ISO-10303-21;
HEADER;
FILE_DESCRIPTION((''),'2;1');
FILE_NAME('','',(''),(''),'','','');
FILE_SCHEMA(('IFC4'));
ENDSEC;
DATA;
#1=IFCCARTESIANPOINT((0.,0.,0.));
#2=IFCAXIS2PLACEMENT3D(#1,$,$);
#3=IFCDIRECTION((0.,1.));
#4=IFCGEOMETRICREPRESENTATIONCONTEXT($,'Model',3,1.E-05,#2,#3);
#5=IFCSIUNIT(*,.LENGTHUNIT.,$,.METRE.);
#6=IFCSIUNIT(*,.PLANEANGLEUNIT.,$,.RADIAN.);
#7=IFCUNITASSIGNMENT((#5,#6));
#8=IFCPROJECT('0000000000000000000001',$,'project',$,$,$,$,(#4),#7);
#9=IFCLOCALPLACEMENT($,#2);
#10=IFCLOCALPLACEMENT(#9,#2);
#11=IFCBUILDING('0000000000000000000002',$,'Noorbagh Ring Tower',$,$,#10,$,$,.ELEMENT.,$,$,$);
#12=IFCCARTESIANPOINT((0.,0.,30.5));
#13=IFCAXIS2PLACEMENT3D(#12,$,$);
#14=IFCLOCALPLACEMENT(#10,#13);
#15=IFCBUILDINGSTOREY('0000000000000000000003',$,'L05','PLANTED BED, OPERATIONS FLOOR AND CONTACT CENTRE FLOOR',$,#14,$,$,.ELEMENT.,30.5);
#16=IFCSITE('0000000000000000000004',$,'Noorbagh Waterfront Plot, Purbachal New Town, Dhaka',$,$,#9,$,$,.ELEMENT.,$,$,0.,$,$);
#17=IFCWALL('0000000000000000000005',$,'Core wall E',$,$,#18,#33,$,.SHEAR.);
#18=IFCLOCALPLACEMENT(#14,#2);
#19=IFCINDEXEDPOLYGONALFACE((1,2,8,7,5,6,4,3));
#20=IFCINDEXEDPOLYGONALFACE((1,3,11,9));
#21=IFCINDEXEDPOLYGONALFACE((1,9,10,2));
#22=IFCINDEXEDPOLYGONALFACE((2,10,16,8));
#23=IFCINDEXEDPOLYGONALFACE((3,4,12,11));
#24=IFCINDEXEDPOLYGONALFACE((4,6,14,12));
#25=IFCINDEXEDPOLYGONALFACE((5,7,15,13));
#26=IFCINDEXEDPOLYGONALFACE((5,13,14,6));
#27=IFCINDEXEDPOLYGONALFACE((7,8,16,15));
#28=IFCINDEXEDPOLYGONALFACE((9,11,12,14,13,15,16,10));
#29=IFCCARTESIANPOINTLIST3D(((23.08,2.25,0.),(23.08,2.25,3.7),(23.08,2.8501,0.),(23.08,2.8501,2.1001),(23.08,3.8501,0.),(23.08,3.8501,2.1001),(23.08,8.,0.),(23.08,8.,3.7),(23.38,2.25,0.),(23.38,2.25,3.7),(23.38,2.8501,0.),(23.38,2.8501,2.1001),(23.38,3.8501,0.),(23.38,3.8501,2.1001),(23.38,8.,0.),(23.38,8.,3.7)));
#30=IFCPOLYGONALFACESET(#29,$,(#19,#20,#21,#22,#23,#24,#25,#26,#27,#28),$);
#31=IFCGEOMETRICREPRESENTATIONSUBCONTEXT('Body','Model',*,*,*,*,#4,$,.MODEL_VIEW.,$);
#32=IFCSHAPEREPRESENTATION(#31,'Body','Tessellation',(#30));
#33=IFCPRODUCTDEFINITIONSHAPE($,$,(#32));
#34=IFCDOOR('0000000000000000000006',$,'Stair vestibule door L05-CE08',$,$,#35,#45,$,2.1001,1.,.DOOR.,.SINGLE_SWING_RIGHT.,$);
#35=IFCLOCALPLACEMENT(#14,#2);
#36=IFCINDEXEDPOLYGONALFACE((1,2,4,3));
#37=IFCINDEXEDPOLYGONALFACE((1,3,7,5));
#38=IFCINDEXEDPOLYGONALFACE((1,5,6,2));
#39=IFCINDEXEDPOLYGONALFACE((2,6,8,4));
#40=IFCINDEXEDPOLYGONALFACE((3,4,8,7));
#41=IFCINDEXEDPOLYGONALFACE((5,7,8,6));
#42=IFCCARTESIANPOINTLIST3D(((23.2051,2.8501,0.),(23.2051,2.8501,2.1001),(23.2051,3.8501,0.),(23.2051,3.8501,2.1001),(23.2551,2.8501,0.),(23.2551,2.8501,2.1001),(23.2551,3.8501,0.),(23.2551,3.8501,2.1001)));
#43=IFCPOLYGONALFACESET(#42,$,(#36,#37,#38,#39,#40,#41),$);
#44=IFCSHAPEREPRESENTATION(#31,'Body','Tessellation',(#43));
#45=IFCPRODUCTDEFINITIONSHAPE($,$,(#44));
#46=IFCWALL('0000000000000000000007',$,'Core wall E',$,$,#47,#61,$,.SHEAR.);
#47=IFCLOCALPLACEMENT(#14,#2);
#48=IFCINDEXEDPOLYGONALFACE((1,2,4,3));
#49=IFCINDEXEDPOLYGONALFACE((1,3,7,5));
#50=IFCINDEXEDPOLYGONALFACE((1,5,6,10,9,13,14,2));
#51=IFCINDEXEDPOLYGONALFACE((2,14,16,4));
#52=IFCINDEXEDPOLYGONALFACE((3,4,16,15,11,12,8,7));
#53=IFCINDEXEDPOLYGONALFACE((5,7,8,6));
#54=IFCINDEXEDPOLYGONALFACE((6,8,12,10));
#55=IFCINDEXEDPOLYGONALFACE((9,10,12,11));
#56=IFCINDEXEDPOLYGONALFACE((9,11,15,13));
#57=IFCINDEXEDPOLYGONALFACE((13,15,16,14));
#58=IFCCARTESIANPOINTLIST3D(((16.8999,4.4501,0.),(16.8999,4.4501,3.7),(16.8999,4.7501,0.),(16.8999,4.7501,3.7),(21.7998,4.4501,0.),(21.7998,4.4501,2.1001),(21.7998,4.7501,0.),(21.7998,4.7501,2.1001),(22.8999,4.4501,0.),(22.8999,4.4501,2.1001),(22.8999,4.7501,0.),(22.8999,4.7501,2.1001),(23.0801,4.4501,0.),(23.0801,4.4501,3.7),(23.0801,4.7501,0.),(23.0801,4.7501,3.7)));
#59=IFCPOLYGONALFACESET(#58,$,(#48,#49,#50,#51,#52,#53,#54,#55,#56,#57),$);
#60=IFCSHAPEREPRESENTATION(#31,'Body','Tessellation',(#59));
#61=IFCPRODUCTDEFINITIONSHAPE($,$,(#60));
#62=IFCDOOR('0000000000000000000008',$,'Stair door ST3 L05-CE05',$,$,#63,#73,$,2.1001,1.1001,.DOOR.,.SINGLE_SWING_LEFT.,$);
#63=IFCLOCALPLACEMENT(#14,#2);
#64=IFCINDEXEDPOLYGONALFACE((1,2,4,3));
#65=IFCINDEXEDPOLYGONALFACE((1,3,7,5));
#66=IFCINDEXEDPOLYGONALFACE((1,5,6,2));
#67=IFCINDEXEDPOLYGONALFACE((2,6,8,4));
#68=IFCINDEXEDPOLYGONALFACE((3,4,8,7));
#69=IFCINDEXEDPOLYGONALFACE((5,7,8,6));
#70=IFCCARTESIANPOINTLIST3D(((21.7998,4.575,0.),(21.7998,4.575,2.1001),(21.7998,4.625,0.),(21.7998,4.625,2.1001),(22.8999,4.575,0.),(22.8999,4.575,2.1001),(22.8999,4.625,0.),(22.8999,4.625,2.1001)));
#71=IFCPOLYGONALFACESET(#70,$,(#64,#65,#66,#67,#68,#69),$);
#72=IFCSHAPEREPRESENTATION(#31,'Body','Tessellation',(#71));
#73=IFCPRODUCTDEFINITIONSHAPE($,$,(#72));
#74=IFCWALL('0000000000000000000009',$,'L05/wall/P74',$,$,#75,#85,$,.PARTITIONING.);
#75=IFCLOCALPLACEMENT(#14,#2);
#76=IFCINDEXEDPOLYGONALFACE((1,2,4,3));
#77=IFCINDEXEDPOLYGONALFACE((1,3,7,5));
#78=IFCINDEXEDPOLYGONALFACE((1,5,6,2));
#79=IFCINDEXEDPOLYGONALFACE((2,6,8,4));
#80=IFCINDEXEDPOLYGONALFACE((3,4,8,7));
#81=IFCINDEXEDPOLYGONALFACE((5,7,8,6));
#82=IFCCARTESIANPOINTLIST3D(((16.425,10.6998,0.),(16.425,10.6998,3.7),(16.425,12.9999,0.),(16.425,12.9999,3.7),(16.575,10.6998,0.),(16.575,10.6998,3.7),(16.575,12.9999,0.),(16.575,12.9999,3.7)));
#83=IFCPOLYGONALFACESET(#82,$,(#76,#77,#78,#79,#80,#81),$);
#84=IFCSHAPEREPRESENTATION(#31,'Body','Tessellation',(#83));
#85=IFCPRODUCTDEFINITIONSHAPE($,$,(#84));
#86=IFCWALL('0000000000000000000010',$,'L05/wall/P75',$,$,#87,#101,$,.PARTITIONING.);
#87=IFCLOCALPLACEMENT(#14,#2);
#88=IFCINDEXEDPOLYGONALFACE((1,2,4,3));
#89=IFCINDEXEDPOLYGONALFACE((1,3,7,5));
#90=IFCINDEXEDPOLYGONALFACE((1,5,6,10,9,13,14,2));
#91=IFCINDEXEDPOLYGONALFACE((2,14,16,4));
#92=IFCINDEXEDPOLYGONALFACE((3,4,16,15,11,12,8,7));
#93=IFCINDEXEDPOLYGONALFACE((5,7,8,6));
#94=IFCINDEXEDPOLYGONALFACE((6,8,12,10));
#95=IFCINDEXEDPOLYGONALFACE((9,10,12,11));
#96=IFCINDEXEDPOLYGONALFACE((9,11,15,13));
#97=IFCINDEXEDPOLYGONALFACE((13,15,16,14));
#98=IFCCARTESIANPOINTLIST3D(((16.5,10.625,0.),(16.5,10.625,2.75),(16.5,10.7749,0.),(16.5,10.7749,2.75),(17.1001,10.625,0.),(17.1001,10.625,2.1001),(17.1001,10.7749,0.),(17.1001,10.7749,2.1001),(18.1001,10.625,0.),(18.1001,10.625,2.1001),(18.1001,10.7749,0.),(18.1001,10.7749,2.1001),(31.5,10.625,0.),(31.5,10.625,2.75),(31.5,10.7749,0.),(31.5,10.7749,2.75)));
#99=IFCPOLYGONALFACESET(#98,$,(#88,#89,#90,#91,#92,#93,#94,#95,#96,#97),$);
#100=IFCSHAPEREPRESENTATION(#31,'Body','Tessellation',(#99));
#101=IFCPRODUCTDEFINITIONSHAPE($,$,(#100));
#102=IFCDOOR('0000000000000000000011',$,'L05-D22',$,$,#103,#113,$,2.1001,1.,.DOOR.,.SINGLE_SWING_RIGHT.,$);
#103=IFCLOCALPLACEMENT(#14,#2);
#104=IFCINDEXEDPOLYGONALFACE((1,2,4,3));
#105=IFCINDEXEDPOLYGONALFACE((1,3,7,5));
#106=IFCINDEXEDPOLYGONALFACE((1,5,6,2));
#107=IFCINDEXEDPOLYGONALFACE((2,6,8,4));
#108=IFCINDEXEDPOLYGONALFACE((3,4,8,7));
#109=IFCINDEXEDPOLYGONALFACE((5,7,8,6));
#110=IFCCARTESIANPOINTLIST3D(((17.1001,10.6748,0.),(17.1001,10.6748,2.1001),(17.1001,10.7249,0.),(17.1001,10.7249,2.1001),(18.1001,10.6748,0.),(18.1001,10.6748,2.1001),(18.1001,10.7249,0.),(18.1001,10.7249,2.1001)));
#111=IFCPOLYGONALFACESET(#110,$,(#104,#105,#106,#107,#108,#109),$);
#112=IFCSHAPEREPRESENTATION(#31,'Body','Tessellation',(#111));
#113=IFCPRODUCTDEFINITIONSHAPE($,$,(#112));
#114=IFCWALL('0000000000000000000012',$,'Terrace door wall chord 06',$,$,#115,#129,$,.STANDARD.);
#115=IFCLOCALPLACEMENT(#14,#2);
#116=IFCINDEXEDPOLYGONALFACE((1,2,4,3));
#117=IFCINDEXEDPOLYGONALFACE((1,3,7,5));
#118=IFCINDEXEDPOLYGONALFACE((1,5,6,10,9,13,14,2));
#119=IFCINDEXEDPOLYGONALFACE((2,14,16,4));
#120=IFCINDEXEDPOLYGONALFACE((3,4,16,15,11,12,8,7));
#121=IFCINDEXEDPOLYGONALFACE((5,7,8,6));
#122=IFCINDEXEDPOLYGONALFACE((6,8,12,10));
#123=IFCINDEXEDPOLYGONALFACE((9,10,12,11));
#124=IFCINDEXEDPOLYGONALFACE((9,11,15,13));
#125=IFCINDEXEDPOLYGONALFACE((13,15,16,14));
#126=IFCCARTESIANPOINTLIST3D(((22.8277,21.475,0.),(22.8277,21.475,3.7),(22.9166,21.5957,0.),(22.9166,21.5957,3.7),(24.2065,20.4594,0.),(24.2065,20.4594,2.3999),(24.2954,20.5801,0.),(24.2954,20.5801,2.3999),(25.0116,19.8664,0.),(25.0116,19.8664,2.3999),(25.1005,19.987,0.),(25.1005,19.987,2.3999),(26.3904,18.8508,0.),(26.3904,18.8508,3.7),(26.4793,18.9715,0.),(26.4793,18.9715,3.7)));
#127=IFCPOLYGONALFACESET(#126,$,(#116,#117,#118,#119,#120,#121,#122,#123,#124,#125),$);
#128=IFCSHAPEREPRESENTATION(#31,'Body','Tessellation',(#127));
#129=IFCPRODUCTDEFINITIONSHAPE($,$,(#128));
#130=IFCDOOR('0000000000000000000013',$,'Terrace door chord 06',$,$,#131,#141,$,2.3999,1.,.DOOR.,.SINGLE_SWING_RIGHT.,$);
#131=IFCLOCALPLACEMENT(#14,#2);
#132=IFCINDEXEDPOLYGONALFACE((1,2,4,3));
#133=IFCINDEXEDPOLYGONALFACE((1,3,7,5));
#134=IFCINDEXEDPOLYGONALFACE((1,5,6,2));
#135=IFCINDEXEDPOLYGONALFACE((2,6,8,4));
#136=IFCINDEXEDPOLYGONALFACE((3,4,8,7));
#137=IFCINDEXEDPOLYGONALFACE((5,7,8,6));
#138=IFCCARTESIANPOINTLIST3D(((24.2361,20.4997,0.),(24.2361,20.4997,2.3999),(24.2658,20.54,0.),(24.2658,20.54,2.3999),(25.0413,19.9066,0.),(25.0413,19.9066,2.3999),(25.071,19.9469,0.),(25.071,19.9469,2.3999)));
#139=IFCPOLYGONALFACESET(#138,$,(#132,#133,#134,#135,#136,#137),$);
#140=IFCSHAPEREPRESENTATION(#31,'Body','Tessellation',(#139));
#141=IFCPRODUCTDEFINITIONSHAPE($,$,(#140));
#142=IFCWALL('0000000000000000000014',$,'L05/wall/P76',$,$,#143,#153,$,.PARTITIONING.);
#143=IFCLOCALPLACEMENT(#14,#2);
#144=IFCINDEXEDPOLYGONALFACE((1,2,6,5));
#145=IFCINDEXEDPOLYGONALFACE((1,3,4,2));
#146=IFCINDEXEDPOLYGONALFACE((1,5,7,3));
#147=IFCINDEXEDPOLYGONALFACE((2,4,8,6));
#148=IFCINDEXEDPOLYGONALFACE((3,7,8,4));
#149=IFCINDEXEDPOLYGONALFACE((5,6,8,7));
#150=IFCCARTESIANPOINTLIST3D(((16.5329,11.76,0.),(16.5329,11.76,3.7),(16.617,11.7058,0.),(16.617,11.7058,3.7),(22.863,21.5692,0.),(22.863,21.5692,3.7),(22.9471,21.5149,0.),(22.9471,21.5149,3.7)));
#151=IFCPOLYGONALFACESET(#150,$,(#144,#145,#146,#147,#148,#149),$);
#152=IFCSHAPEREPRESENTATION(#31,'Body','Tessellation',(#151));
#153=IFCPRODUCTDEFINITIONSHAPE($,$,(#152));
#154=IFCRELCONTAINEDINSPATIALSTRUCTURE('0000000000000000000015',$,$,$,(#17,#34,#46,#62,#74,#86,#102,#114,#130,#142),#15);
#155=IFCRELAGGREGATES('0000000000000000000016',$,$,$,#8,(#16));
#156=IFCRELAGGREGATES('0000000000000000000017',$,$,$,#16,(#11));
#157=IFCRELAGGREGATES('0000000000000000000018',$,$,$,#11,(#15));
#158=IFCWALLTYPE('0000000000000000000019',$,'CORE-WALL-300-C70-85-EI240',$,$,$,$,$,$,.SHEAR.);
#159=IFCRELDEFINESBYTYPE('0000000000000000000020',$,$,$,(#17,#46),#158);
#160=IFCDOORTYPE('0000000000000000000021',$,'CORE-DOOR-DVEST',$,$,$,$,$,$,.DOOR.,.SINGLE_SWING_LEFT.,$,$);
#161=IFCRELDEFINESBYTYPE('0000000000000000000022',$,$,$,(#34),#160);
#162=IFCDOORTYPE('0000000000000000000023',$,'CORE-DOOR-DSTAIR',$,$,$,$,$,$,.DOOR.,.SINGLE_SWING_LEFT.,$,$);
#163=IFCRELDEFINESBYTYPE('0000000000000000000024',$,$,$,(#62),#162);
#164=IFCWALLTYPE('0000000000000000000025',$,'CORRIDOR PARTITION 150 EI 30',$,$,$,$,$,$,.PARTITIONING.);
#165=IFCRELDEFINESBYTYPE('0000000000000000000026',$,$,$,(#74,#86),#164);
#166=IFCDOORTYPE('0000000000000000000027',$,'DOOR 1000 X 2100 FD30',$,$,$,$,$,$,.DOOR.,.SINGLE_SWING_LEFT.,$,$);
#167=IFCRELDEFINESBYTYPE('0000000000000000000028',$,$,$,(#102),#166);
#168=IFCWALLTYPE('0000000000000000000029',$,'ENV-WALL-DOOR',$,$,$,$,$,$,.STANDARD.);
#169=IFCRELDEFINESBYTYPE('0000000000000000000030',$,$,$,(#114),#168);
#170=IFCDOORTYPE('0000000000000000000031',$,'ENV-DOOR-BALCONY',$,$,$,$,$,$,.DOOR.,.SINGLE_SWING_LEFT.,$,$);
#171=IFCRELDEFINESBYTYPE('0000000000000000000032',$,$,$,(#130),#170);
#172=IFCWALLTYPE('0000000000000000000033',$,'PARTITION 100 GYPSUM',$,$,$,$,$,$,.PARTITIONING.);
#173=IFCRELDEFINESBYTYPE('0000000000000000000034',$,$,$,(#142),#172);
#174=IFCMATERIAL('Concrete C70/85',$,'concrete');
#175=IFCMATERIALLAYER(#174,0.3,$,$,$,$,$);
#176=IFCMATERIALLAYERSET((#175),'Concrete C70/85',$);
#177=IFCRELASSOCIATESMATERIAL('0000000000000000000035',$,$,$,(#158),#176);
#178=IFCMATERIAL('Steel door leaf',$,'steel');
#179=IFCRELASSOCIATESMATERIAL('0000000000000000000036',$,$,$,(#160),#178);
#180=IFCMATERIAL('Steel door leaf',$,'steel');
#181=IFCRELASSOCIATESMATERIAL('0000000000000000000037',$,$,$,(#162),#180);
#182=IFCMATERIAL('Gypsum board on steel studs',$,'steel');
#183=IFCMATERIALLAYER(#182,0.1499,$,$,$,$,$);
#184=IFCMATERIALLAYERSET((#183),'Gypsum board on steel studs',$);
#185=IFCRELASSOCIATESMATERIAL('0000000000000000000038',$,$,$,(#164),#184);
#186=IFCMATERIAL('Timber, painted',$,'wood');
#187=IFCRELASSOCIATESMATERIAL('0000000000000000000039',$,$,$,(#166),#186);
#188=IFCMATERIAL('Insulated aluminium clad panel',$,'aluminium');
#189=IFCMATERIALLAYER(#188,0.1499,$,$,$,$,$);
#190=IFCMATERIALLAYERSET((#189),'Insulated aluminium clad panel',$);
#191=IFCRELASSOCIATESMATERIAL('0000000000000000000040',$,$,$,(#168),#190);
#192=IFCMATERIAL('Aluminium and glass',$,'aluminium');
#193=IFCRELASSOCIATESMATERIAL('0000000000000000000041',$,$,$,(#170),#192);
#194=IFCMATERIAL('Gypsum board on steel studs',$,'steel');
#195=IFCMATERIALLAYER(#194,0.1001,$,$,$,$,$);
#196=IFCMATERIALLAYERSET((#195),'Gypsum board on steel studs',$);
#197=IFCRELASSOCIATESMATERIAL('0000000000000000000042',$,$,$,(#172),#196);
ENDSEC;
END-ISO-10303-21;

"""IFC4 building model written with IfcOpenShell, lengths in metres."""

from ifc_helpers import new_model, si_unit, direction, frame, frame_2d, origin, place, context, subcontext, project, spatial, rectangle, extrude, material, layer, layer_set, type_object, element, fill, save


model = new_model("IFC4")

# Units and contexts
model_context = context("Model", 3, precision=1e-05, world=origin(), true_north=direction((0.0, 1.0)))
body_context = subcontext(model_context, "Body", "Model", "MODEL_VIEW")
ifc_project = project(units=[si_unit("LENGTHUNIT", "METRE"), si_unit("PLANEANGLEUNIT", "RADIAN")], contexts=[model_context])

# Site, building, storey
site_placement = place(None, origin())
site = spatial("IfcSite", under=ifc_project, at=site_placement, Name="Noorbagh Waterfront Plot, Purbachal New Town, Dhaka", CompositionType="ELEMENT", RefElevation=0.0)
building_placement = place(site_placement, origin())
building = spatial("IfcBuilding", under=site, at=building_placement, Name="Noorbagh Ring Tower", CompositionType="ELEMENT")
storey_placement = place(building_placement, frame((0.0, 0.0, 30.5)))
storey = spatial("IfcBuildingStorey", under=building, at=storey_placement, Name="L05", Description="PLANTED BED, OPERATIONS FLOOR AND CONTACT CENTRE FLOOR", CompositionType="ELEMENT", Elevation=30.5)

# Walls, openings, doors
ifc_material_1 = material(Name="Concrete C70/85", Category="concrete")
ifc_layer_1 = layer(ifc_material_1, 0.3)
ifc_layer_set_1 = layer_set([ifc_layer_1], Name="Concrete C70/85")
wall_type_1 = type_object("IfcWallType", Name="CORE-WALL-300-C70-85-EI240", PredefinedType="SHEAR", material=ifc_layer_set_1)
wall_1_placement = place(storey_placement, frame((23.23, 2.25, 0.0), z_axis=(0.0, 0.0, 1.0), x_axis=(0.0, 1.0, 0.0)))
wall_1 = element("IfcWall", 1, at=wall_1_placement, inside=storey, type_object=wall_type_1, Name="Core wall E", PredefinedType="SHEAR", context=body_context, shape_type="SweptSolid", body=[
    extrude(rectangle(XDim=5.75, YDim=0.3, at=frame_2d((2.875, 0.0))), origin(), (0.0, 0.0, 1.0), 3.7),
])
opening_1_placement = place(wall_1_placement, frame((0.6001, 0.0, 0.0)))
opening_1 = element("IfcOpeningElement", 2, at=opening_1_placement, cuts=wall_1, PredefinedType="OPENING", context=body_context, shape_type="SweptSolid", body=[
    extrude(rectangle(XDim=1.0, YDim=2.1001, at=frame_2d((0.5, 1.05))), frame((0.0, 0.1602, 0.0), z_axis=(0.0, -1.0, 0.0), x_axis=(1.0, 0.0, 0.0)), (0.0, 0.0, 1.0), 0.3201),
])
ifc_material_2 = material(Name="Steel door leaf", Category="steel")
door_type_1 = type_object("IfcDoorType", Name="CORE-DOOR-DVEST", OperationType="SINGLE_SWING_LEFT", PredefinedType="DOOR", material=ifc_material_2)
door_1_placement = place(opening_1_placement, origin())
door_1 = element("IfcDoor", 3, at=door_1_placement, inside=storey, type_object=door_type_1, Name="Stair vestibule door L05-CE08", OperationType="SINGLE_SWING_RIGHT", OverallHeight=2.1001, OverallWidth=1.0, PredefinedType="DOOR", context=body_context, shape_type="SweptSolid", body=[
    extrude(rectangle(XDim=1.0, YDim=2.1001, at=frame_2d((0.5, 1.05))), frame((0.0, 0.0249, 0.0), z_axis=(0.0, -1.0, 0.0), x_axis=(1.0, 0.0, 0.0)), (0.0, 0.0, 1.0), 0.05),
])
fill(opening_1, door_1)
wall_2_placement = place(storey_placement, frame((16.8999, 4.6001, 0.0), z_axis=(0.0, 0.0, 1.0), x_axis=(1.0, 0.0, 0.0)))
wall_2 = element("IfcWall", 4, at=wall_2_placement, inside=storey, type_object=wall_type_1, Name="Core wall E", PredefinedType="SHEAR", context=body_context, shape_type="SweptSolid", body=[
    extrude(rectangle(XDim=6.1802, YDim=0.3, at=frame_2d((3.0901, 0.0))), origin(), (0.0, 0.0, 1.0), 3.7),
])
opening_2_placement = place(wall_2_placement, frame((4.8999, 0.0, 0.0)))
opening_2 = element("IfcOpeningElement", 5, at=opening_2_placement, cuts=wall_2, PredefinedType="OPENING", context=body_context, shape_type="SweptSolid", body=[
    extrude(rectangle(XDim=1.1001, YDim=2.1001, at=frame_2d((0.55, 1.05))), frame((0.0, 0.1602, 0.0), z_axis=(0.0, -1.0, 0.0), x_axis=(1.0, 0.0, 0.0)), (0.0, 0.0, 1.0), 0.3201),
])
ifc_material_3 = material(Name="Steel door leaf", Category="steel")
door_type_2 = type_object("IfcDoorType", Name="CORE-DOOR-DSTAIR", OperationType="SINGLE_SWING_LEFT", PredefinedType="DOOR", material=ifc_material_3)
door_2_placement = place(opening_2_placement, origin())
door_2 = element("IfcDoor", 6, at=door_2_placement, inside=storey, type_object=door_type_2, Name="Stair door ST3 L05-CE05", OperationType="SINGLE_SWING_LEFT", OverallHeight=2.1001, OverallWidth=1.1001, PredefinedType="DOOR", context=body_context, shape_type="SweptSolid", body=[
    extrude(rectangle(XDim=1.1001, YDim=2.1001, at=frame_2d((0.55, 1.05))), frame((0.0, 0.0249, 0.0), z_axis=(0.0, -1.0, 0.0), x_axis=(1.0, 0.0, 0.0)), (0.0, 0.0, 1.0), 0.05),
])
fill(opening_2, door_2)

# Wall
ifc_material_4 = material(Name="Gypsum board on steel studs", Category="steel")
ifc_layer_2 = layer(ifc_material_4, 0.1499)
ifc_layer_set_2 = layer_set([ifc_layer_2], Name="Gypsum board on steel studs")
wall_type_2 = type_object("IfcWallType", Name="CORRIDOR PARTITION 150 EI 30", PredefinedType="PARTITIONING", material=ifc_layer_set_2)
wall_3_placement = place(storey_placement, frame((16.5, 10.7, 0.0), z_axis=(0.0, 0.0, 1.0), x_axis=(0.0, 1.0, 0.0)))
element("IfcWall", 7, at=wall_3_placement, inside=storey, type_object=wall_type_2, Name="L05/wall/P74", PredefinedType="PARTITIONING", context=body_context, shape_type="SweptSolid", body=[
    extrude(rectangle(XDim=2.3, YDim=0.1499, at=frame_2d((1.1499, 0.0))), origin(), (0.0, 0.0, 1.0), 3.7),
])

# Walls, openings, doors
wall_4_placement = place(storey_placement, frame((16.5, 10.7, 0.0), z_axis=(0.0, 0.0, 1.0), x_axis=(1.0, 0.0, 0.0)))
wall_4 = element("IfcWall", 8, at=wall_4_placement, inside=storey, type_object=wall_type_2, Name="L05/wall/P75", PredefinedType="PARTITIONING", context=body_context, shape_type="SweptSolid", body=[
    extrude(rectangle(XDim=15.0, YDim=0.1499, at=frame_2d((7.5, 0.0))), origin(), (0.0, 0.0, 1.0), 2.75),
])
opening_3_placement = place(wall_4_placement, frame((0.6001, 0.0, 0.0)))
opening_3 = element("IfcOpeningElement", 9, at=opening_3_placement, cuts=wall_4, PredefinedType="OPENING", context=body_context, shape_type="SweptSolid", body=[
    extrude(rectangle(XDim=1.0, YDim=2.1001, at=frame_2d((0.5, 1.05))), frame((0.0, 0.085, 0.0), z_axis=(0.0, -1.0, 0.0), x_axis=(1.0, 0.0, 0.0)), (0.0, 0.0, 1.0), 0.1699),
])
ifc_material_5 = material(Name="Timber, painted", Category="wood")
door_type_3 = type_object("IfcDoorType", Name="DOOR 1000 X 2100 FD30", OperationType="SINGLE_SWING_LEFT", PredefinedType="DOOR", material=ifc_material_5)
door_3_placement = place(opening_3_placement, origin())
door_3 = element("IfcDoor", 10, at=door_3_placement, inside=storey, type_object=door_type_3, Name="L05-D22", OperationType="SINGLE_SWING_RIGHT", OverallHeight=2.1001, OverallWidth=1.0, PredefinedType="DOOR", context=body_context, shape_type="SweptSolid", body=[
    extrude(rectangle(XDim=1.0, YDim=2.1001, at=frame_2d((0.5, 1.05))), frame((0.0, 0.0249, 0.0), z_axis=(0.0, -1.0, 0.0), x_axis=(1.0, 0.0, 0.0)), (0.0, 0.0, 1.0), 0.05),
])
fill(opening_3, door_3)
ifc_material_6 = material(Name="Insulated aluminium clad panel", Category="aluminium")
ifc_layer_3 = layer(ifc_material_6, 0.1499)
ifc_layer_set_3 = layer_set([ifc_layer_3], Name="Insulated aluminium clad panel")
wall_type_3 = type_object("IfcWallType", Name="ENV-WALL-DOOR", PredefinedType="STANDARD", material=ifc_layer_set_3)
wall_5_placement = place(storey_placement, frame((26.4348, 18.9111, 0.0), z_axis=(0.0, 0.0, 1.0), x_axis=(-0.805154, 0.593065, 0.0)))
wall_5 = element("IfcWall", 11, at=wall_5_placement, inside=storey, type_object=wall_type_3, Name="Terrace door wall chord 06", PredefinedType="STANDARD", context=body_context, shape_type="SweptSolid", body=[
    extrude(rectangle(XDim=4.4248, YDim=0.1499, at=frame_2d((2.2124, 0.0))), origin(), (0.0, 0.0, 1.0), 3.7),
])
opening_4_placement = place(wall_5_placement, frame((1.7124, 0.0, 0.0)))
opening_4 = element("IfcOpeningElement", 12, at=opening_4_placement, cuts=wall_5, PredefinedType="OPENING", context=body_context, shape_type="SweptSolid", body=[
    extrude(rectangle(XDim=1.0, YDim=2.3999, at=frame_2d((0.5, 1.2))), frame((0.0, 0.085, 0.0), z_axis=(0.0, -1.0, 0.0), x_axis=(1.0, 0.0, 0.0)), (0.0, 0.0, 1.0), 0.1699),
])
ifc_material_7 = material(Name="Aluminium and glass", Category="aluminium")
door_type_4 = type_object("IfcDoorType", Name="ENV-DOOR-BALCONY", OperationType="SINGLE_SWING_LEFT", PredefinedType="DOOR", material=ifc_material_7)
door_4_placement = place(opening_4_placement, origin())
door_4 = element("IfcDoor", 13, at=door_4_placement, inside=storey, type_object=door_type_4, Name="Terrace door chord 06", OperationType="SINGLE_SWING_RIGHT", OverallHeight=2.3999, OverallWidth=1.0, PredefinedType="DOOR", context=body_context, shape_type="SweptSolid", body=[
    extrude(rectangle(XDim=1.0, YDim=2.3999, at=frame_2d((0.5, 1.2))), frame((0.0, 0.0249, 0.0), z_axis=(0.0, -1.0, 0.0), x_axis=(1.0, 0.0, 0.0)), (0.0, 0.0, 1.0), 0.05),
])
fill(opening_4, door_4)

# Wall
ifc_material_8 = material(Name="Gypsum board on steel studs", Category="steel")
ifc_layer_4 = layer(ifc_material_8, 0.1001)
ifc_layer_set_4 = layer_set([ifc_layer_4], Name="Gypsum board on steel studs")
wall_type_4 = type_object("IfcWallType", Name="PARTITION 100 GYPSUM", PredefinedType="PARTITIONING", material=ifc_layer_set_4)
wall_6_placement = place(storey_placement, frame((16.575, 11.7329, 0.0), z_axis=(0.0, 0.0, 1.0), x_axis=(0.542226, 0.840233, 0.0)))
element("IfcWall", 14, at=wall_6_placement, inside=storey, type_object=wall_type_4, Name="L05/wall/P76", PredefinedType="PARTITIONING", context=body_context, shape_type="SweptSolid", body=[
    extrude(rectangle(XDim=11.6743, YDim=0.1001, at=frame_2d((5.8372, 0.0))), origin(), (0.0, 0.0, 1.0), 3.7),
])

save(model, "model.ifc")
